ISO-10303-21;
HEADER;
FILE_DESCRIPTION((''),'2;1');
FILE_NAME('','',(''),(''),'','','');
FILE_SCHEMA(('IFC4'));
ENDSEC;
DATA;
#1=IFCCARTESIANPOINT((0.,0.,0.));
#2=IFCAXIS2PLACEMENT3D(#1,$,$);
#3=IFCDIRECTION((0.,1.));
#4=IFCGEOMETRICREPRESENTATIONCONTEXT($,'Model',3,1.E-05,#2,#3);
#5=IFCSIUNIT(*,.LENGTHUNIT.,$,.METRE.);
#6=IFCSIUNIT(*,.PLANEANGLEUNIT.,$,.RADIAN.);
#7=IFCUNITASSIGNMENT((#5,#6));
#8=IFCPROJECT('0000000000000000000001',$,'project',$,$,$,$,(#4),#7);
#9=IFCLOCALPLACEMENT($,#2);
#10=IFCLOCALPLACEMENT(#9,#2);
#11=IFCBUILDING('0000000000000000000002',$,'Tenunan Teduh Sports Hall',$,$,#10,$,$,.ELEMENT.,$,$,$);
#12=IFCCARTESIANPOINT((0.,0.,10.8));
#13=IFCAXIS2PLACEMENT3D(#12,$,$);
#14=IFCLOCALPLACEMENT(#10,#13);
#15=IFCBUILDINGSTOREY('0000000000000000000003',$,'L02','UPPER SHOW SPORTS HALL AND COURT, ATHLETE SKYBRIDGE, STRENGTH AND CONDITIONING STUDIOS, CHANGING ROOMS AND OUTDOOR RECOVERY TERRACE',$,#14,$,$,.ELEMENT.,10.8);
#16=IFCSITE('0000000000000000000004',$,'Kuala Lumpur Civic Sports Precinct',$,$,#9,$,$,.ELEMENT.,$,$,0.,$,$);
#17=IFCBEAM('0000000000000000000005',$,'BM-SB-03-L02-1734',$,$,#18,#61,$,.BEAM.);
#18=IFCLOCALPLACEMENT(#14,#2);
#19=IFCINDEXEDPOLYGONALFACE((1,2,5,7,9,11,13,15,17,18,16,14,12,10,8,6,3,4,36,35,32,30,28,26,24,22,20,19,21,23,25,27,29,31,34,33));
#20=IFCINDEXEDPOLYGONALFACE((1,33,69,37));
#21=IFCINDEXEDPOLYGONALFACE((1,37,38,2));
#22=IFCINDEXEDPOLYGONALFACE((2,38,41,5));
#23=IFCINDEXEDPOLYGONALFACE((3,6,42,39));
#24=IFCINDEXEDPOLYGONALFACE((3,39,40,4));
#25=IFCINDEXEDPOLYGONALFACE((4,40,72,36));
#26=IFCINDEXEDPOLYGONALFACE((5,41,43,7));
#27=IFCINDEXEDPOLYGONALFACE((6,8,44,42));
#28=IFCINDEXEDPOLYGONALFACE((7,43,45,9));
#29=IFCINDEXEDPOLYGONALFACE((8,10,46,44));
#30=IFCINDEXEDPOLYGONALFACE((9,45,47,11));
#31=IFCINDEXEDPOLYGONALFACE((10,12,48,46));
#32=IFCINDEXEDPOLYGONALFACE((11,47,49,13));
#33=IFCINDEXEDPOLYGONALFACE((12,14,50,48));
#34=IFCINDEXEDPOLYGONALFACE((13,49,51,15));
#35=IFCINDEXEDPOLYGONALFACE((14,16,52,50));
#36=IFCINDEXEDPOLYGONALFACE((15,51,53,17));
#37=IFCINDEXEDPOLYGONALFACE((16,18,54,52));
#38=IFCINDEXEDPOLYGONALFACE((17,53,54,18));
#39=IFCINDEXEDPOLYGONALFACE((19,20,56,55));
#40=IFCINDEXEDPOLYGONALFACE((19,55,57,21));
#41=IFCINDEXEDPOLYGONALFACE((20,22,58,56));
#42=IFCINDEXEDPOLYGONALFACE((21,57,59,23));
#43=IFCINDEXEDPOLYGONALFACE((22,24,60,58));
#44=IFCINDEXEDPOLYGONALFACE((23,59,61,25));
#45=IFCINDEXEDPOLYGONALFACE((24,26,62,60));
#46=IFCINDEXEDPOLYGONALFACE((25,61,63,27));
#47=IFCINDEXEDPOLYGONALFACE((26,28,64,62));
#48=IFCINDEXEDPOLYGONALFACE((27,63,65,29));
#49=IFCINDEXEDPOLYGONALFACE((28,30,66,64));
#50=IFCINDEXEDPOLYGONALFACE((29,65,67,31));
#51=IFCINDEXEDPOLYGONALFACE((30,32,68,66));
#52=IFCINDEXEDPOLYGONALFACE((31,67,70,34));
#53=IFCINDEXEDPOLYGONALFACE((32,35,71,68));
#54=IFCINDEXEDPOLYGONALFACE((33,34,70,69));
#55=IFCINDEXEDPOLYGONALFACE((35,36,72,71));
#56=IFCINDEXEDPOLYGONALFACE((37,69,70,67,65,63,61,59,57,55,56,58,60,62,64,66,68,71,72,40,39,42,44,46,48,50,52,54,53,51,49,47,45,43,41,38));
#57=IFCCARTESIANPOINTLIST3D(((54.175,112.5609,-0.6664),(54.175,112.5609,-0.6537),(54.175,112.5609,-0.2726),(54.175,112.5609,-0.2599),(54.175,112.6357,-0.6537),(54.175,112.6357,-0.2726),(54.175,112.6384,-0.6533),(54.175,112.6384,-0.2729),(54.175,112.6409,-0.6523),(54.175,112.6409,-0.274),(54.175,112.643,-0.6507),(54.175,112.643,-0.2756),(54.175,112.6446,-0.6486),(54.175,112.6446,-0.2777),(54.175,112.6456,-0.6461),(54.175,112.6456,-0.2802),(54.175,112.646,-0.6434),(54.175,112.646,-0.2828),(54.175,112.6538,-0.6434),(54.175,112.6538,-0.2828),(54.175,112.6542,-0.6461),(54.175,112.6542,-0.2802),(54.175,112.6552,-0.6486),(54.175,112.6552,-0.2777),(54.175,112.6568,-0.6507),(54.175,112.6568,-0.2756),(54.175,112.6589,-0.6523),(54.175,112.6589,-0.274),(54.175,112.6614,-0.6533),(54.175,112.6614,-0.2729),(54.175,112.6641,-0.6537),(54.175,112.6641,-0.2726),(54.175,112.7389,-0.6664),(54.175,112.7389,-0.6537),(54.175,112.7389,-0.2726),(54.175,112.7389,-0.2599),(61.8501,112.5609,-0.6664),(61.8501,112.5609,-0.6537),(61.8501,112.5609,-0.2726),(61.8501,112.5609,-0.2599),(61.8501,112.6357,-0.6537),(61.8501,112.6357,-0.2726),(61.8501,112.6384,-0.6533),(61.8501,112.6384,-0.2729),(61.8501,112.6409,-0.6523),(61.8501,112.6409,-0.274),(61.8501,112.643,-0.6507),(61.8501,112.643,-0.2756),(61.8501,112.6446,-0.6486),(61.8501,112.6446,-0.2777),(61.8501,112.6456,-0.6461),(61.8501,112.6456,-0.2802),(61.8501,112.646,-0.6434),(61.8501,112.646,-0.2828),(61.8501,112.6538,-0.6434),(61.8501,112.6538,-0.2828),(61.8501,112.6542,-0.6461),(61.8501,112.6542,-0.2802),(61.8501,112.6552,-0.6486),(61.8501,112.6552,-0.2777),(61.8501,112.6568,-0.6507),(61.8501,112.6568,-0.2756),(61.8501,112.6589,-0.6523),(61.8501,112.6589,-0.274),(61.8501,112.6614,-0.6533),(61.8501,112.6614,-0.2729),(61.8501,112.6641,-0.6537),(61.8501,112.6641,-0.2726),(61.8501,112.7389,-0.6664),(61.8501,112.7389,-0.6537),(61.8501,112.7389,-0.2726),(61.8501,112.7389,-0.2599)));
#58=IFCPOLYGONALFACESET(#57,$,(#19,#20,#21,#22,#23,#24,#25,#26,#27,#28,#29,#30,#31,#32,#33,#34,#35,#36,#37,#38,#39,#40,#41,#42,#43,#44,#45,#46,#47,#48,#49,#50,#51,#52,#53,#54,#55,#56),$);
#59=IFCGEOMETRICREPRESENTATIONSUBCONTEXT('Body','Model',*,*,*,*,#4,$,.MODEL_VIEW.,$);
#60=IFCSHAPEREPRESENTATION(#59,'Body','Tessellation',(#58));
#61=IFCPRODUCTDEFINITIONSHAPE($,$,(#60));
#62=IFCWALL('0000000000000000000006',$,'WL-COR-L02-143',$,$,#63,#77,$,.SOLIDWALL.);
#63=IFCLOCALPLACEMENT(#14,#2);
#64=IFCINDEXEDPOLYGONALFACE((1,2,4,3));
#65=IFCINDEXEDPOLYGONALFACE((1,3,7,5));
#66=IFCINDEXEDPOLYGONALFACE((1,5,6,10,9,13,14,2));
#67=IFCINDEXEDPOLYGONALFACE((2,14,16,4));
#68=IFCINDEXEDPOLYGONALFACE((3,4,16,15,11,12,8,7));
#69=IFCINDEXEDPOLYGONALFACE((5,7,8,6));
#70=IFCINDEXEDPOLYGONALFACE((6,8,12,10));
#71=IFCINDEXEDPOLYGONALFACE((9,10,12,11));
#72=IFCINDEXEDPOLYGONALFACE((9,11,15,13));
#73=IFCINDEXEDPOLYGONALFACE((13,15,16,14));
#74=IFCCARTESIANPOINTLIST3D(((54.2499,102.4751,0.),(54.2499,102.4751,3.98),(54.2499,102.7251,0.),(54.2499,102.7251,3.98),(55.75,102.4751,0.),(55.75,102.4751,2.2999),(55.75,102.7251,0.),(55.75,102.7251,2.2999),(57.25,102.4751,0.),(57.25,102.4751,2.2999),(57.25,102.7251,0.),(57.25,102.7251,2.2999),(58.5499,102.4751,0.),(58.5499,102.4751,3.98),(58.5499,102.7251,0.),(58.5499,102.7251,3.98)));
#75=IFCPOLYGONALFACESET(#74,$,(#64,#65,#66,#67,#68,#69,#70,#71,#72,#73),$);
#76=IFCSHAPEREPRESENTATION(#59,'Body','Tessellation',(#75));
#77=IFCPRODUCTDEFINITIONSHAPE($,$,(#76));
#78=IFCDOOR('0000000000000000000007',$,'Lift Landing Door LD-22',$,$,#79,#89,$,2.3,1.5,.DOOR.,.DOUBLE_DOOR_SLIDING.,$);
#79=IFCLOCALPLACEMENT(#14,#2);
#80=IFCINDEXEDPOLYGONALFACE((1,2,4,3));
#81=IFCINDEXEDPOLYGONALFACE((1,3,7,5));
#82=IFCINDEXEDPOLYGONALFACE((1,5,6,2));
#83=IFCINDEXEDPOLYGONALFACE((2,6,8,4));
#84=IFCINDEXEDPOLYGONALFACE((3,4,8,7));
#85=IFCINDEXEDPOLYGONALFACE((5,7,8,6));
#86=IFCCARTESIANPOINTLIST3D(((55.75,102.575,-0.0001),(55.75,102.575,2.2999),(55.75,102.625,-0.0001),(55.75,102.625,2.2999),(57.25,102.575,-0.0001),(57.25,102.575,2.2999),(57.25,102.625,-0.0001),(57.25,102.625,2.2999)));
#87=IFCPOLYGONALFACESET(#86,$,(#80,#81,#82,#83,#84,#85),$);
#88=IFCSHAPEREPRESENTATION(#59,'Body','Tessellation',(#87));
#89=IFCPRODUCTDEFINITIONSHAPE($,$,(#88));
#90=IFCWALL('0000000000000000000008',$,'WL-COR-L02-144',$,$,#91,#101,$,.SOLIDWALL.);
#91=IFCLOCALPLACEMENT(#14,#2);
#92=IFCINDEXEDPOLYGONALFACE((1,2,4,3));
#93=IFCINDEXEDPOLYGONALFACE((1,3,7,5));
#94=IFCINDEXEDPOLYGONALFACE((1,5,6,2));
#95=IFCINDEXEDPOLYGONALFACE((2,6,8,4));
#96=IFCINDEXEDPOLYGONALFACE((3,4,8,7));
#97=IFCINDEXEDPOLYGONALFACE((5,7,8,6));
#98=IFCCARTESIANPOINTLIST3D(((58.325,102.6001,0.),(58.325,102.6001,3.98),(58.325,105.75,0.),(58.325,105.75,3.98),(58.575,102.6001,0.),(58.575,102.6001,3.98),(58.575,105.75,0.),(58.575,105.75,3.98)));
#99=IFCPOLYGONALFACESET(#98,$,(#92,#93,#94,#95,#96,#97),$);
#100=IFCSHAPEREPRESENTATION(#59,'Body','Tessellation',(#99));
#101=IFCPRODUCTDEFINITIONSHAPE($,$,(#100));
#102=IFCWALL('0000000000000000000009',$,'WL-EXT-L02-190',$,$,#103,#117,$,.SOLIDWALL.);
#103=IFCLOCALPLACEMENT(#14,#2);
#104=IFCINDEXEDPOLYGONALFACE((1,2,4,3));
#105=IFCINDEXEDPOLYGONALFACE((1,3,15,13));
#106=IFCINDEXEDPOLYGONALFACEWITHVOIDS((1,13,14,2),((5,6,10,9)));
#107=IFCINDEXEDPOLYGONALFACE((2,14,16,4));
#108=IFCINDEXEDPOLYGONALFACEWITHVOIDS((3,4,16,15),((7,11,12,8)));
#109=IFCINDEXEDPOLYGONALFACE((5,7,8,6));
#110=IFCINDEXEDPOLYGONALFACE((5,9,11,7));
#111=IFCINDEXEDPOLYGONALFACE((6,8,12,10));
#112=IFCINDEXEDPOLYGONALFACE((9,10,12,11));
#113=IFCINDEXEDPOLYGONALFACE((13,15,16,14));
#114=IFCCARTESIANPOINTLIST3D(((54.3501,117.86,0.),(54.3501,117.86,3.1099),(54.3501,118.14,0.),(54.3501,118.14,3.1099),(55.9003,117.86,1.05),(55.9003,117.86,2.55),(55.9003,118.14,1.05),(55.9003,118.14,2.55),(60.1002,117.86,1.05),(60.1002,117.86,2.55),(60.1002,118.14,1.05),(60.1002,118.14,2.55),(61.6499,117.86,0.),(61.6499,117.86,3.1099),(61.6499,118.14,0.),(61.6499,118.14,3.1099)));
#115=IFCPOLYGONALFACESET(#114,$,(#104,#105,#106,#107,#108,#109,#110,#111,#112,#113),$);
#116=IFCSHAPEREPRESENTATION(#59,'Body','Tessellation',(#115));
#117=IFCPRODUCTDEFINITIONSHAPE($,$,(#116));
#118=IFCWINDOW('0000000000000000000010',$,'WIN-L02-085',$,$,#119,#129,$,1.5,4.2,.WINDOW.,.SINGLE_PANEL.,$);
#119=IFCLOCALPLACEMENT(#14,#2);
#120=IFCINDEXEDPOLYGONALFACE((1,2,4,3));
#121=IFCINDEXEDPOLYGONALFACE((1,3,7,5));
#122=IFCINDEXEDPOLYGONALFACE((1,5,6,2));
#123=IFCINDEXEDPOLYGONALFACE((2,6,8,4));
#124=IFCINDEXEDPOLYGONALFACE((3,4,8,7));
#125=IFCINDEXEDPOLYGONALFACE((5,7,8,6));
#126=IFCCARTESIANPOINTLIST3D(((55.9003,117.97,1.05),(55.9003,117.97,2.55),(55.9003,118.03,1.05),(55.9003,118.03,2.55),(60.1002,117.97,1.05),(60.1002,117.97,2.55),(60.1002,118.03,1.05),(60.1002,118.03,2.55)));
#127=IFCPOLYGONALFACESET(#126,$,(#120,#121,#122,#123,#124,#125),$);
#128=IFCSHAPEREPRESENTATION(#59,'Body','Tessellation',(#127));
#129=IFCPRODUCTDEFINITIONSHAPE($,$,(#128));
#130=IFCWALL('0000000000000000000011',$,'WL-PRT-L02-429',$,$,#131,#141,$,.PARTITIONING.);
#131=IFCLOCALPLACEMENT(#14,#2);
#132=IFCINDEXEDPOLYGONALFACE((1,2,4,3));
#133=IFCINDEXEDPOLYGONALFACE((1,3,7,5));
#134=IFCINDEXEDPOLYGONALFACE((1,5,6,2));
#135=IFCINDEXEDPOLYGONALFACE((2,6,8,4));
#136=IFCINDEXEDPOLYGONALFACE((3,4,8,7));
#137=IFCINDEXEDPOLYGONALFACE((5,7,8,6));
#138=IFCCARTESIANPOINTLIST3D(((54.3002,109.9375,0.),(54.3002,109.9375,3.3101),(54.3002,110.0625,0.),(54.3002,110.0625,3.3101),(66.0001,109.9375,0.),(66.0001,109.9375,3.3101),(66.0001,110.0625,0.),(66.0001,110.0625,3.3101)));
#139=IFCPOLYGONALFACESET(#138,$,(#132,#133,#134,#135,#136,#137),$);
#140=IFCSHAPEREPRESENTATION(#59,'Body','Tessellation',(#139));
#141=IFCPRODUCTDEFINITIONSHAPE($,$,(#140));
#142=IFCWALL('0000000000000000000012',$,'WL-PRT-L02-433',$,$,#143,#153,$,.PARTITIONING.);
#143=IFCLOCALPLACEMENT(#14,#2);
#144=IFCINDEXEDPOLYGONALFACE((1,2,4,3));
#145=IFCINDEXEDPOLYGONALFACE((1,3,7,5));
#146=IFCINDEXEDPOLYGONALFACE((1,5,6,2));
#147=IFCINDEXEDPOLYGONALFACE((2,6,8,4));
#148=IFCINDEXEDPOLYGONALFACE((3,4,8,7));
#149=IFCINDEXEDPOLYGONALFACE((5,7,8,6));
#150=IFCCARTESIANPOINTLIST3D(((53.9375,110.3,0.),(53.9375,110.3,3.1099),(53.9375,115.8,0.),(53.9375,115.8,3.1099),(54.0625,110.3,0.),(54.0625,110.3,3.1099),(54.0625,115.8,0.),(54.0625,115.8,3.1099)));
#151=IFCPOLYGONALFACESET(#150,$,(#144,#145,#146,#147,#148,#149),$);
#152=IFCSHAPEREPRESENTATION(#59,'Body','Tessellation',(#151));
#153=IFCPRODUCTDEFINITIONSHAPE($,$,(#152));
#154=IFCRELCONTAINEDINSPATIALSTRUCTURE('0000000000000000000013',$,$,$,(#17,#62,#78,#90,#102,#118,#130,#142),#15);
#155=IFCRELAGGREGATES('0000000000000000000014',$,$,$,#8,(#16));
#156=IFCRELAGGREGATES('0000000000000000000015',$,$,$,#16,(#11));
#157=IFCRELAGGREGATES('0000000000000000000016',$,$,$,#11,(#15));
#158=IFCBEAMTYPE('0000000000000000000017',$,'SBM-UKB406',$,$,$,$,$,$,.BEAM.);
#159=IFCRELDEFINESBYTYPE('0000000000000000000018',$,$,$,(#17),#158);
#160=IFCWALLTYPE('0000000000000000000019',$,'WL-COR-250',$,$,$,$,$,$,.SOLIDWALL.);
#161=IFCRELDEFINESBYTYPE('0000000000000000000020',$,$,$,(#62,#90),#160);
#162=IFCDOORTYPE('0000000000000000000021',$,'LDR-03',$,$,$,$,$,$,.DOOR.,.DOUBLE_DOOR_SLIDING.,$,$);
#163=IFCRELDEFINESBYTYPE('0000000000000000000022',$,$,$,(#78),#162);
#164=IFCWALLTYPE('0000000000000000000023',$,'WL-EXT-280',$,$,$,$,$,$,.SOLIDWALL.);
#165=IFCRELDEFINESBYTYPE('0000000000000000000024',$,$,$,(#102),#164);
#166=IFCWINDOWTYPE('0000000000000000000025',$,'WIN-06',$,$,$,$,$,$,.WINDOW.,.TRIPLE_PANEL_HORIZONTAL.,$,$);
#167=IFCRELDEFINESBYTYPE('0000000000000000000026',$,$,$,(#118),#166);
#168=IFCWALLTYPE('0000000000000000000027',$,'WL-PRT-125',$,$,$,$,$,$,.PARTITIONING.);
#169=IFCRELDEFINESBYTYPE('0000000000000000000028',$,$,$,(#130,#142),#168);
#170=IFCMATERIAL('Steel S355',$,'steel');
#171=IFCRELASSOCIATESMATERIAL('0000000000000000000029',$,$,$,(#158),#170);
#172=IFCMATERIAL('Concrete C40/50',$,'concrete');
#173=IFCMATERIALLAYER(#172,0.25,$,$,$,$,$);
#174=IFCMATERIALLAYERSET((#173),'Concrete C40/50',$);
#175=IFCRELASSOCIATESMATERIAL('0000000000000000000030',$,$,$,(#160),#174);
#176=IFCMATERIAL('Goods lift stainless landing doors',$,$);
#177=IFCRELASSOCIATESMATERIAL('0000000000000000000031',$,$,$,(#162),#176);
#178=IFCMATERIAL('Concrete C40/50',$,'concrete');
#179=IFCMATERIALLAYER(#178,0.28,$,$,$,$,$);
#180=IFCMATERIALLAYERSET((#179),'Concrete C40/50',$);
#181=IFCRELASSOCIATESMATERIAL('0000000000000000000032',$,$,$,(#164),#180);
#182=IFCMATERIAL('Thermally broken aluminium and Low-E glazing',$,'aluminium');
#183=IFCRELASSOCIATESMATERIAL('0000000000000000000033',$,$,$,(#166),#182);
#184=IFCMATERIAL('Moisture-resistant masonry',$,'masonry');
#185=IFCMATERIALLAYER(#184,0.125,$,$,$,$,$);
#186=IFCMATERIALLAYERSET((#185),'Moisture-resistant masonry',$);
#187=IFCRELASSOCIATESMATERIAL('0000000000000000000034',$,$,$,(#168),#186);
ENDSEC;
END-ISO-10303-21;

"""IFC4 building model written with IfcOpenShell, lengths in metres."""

from ifc_helpers import new_model, si_unit, direction, frame, frame_2d, origin, origin_2d, place, context, subcontext, project, spatial, rectangle, i_section, extrude, material, layer, layer_set, material_profile, profile_set, type_object, element, fill, save


model = new_model("IFC4")

# Units and contexts
model_context = context("Model", 3, precision=1e-05, world=origin(), true_north=direction((0.0, 1.0)))
body_context = subcontext(model_context, "Body", "Model", "MODEL_VIEW")
ifc_project = project(units=[si_unit("LENGTHUNIT", "METRE"), si_unit("PLANEANGLEUNIT", "RADIAN")], contexts=[model_context])

# Site, building, storey
site_placement = place(None, origin())
site = spatial("IfcSite", under=ifc_project, at=site_placement, Name="Kuala Lumpur Civic Sports Precinct", CompositionType="ELEMENT", RefElevation=0.0)
building_placement = place(site_placement, origin())
building = spatial("IfcBuilding", under=site, at=building_placement, Name="Tenunan Teduh Sports Hall", CompositionType="ELEMENT")
storey_placement = place(building_placement, frame((0.0, 0.0, 10.8)))
storey = spatial("IfcBuildingStorey", under=building, at=storey_placement, Name="L02", Description="UPPER SHOW SPORTS HALL AND COURT, ATHLETE SKYBRIDGE, STRENGTH AND CONDITIONING STUDIOS, CHANGING ROOMS AND OUTDOOR RECOVERY TERRACE", CompositionType="ELEMENT", Elevation=10.8)

# Beam
ifc_material_1 = material(Name="Steel S355", Category="steel")
ifc_material_profile_1 = material_profile(ifc_material_1, i_section(OverallWidth=0.178, OverallDepth=0.4065, WebThickness=0.0078, FlangeThickness=0.0127, FilletRadius=0.0103, at=origin_2d()), Name="UKB 406x178x60")
ifc_profile_set_1 = profile_set([ifc_material_profile_1], Name="Steel S355")
beam_type_1 = type_object("IfcBeamType", Name="SBM-UKB406", PredefinedType="BEAM", material=ifc_profile_set_1)
beam_1_placement = place(storey_placement, frame((54.175, 112.6499, -0.4631), z_axis=(1.0, 0.0, 0.0), x_axis=(0.0, 1.0, 0.0)))
element("IfcBeam", 1, at=beam_1_placement, inside=storey, type_object=beam_type_1, Name="BM-SB-03-L02-1734", PredefinedType="BEAM", context=body_context, shape_type="SweptSolid", body=[
    extrude(i_section(OverallWidth=0.178, OverallDepth=0.4065, WebThickness=0.0078, FlangeThickness=0.0127, FilletRadius=0.0103, at=origin_2d()), origin(), (0.0, 0.0, 1.0), 7.675),
])

# Wall, opening, door
ifc_material_2 = material(Name="Concrete C40/50", Category="concrete")
ifc_layer_1 = layer(ifc_material_2, 0.25)
ifc_layer_set_1 = layer_set([ifc_layer_1], Name="Concrete C40/50")
wall_type_1 = type_object("IfcWallType", Name="WL-COR-250", PredefinedType="SOLIDWALL", material=ifc_layer_set_1)
wall_1_placement = place(storey_placement, frame((54.25, 102.6001, 0.0), z_axis=(0.0, 0.0, 1.0), x_axis=(1.0, 0.0, 0.0)))
wall_1 = element("IfcWall", 2, at=wall_1_placement, inside=storey, type_object=wall_type_1, Name="WL-COR-L02-143", PredefinedType="SOLIDWALL", context=body_context, shape_type="SweptSolid", body=[
    extrude(rectangle(XDim=4.3, YDim=0.25, at=frame_2d((2.1499, 0.0))), origin(), (0.0, 0.0, 1.0), 3.98),
])
opening_1_placement = place(wall_1_placement, frame((1.5, 0.0, 0.0)))
opening_1 = element("IfcOpeningElement", 3, at=opening_1_placement, cuts=wall_1, PredefinedType="OPENING", context=body_context, shape_type="SweptSolid", body=[
    extrude(rectangle(XDim=1.5, YDim=2.3, at=frame_2d((0.75, 1.1499))), frame((0.0, 0.135, 0.0), z_axis=(0.0, -1.0, 0.0), x_axis=(1.0, 0.0, 0.0)), (0.0, 0.0, 1.0), 0.27),
])
ifc_material_3 = material(Name="Goods lift stainless landing doors")
door_type_1 = type_object("IfcDoorType", Name="LDR-03", OperationType="DOUBLE_DOOR_SLIDING", PredefinedType="DOOR", material=ifc_material_3)
door_1_placement = place(opening_1_placement, origin())
door_1 = element("IfcDoor", 4, at=door_1_placement, inside=storey, type_object=door_type_1, Name="Lift Landing Door LD-22", OperationType="DOUBLE_DOOR_SLIDING", OverallHeight=2.3, OverallWidth=1.5, PredefinedType="DOOR", context=body_context, shape_type="SweptSolid", body=[
    extrude(rectangle(XDim=1.5, YDim=2.3, at=frame_2d((0.75, 1.1499))), frame((0.0, 0.0249, 0.0), z_axis=(0.0, -1.0, 0.0), x_axis=(1.0, 0.0, 0.0)), (0.0, 0.0, 1.0), 0.05),
])
fill(opening_1, door_1)

# Wall
wall_2_placement = place(storey_placement, frame((58.45, 102.6001, 0.0), z_axis=(0.0, 0.0, 1.0), x_axis=(0.0, 1.0, 0.0)))
element("IfcWall", 5, at=wall_2_placement, inside=storey, type_object=wall_type_1, Name="WL-COR-L02-144", PredefinedType="SOLIDWALL", context=body_context, shape_type="SweptSolid", body=[
    extrude(rectangle(XDim=3.1499, YDim=0.25, at=frame_2d((1.575, 0.0))), origin(), (0.0, 0.0, 1.0), 3.98),
])

# Wall, opening, window
ifc_material_4 = material(Name="Concrete C40/50", Category="concrete")
ifc_layer_2 = layer(ifc_material_4, 0.28)
ifc_layer_set_2 = layer_set([ifc_layer_2], Name="Concrete C40/50")
wall_type_2 = type_object("IfcWallType", Name="WL-EXT-280", PredefinedType="SOLIDWALL", material=ifc_layer_set_2)
wall_3_placement = place(storey_placement, frame((54.3501, 118.0, 0.0), z_axis=(0.0, 0.0, 1.0), x_axis=(1.0, 0.0, 0.0)))
wall_3 = element("IfcWall", 6, at=wall_3_placement, inside=storey, type_object=wall_type_2, Name="WL-EXT-L02-190", PredefinedType="SOLIDWALL", context=body_context, shape_type="SweptSolid", body=[
    extrude(rectangle(XDim=7.2998, YDim=0.28, at=frame_2d((3.6499, 0.0))), origin(), (0.0, 0.0, 1.0), 3.1099),
])
opening_2_placement = place(wall_3_placement, frame((1.55, 0.0, 1.05)))
opening_2 = element("IfcOpeningElement", 7, at=opening_2_placement, cuts=wall_3, PredefinedType="OPENING", context=body_context, shape_type="SweptSolid", body=[
    extrude(rectangle(XDim=4.2, YDim=1.5, at=frame_2d((2.1001, 0.75))), frame((0.0, 0.1499, 0.0), z_axis=(0.0, -1.0, 0.0), x_axis=(1.0, 0.0, 0.0)), (0.0, 0.0, 1.0), 0.3),
])
ifc_material_5 = material(Name="Thermally broken aluminium and Low-E glazing", Category="aluminium")
window_type = type_object("IfcWindowType", Name="WIN-06", PartitioningType="TRIPLE_PANEL_HORIZONTAL", PredefinedType="WINDOW", material=ifc_material_5)
window_placement = place(opening_2_placement, origin())
window = element("IfcWindow", 8, at=window_placement, inside=storey, type_object=window_type, Name="WIN-L02-085", OverallHeight=1.5, OverallWidth=4.2, PartitioningType="SINGLE_PANEL", PredefinedType="WINDOW", context=body_context, shape_type="SweptSolid", body=[
    extrude(rectangle(XDim=4.2, YDim=1.5, at=frame_2d((2.1001, 0.75))), frame((0.0, 0.03, 0.0), z_axis=(0.0, -1.0, 0.0), x_axis=(1.0, 0.0, 0.0)), (0.0, 0.0, 1.0), 0.0601),
])
fill(opening_2, window)

# Walls
ifc_material_6 = material(Name="Moisture-resistant masonry", Category="masonry")
ifc_layer_3 = layer(ifc_material_6, 0.125)
ifc_layer_set_3 = layer_set([ifc_layer_3], Name="Moisture-resistant masonry")
wall_type_3 = type_object("IfcWallType", Name="WL-PRT-125", PredefinedType="PARTITIONING", material=ifc_layer_set_3)
wall_4_placement = place(storey_placement, frame((54.3, 110.0, 0.0), z_axis=(0.0, 0.0, 1.0), x_axis=(1.0, 0.0, 0.0)))
element("IfcWall", 9, at=wall_4_placement, inside=storey, type_object=wall_type_3, Name="WL-PRT-L02-429", PredefinedType="PARTITIONING", context=body_context, shape_type="SweptSolid", body=[
    extrude(rectangle(XDim=11.7, YDim=0.125, at=frame_2d((5.8501, 0.0))), origin(), (0.0, 0.0, 1.0), 3.3101),
])
wall_5_placement = place(storey_placement, frame((54.0, 110.3, 0.0), z_axis=(0.0, 0.0, 1.0), x_axis=(0.0, 1.0, 0.0)))
element("IfcWall", 10, at=wall_5_placement, inside=storey, type_object=wall_type_3, Name="WL-PRT-L02-433", PredefinedType="PARTITIONING", context=body_context, shape_type="SweptSolid", body=[
    extrude(rectangle(XDim=5.5, YDim=0.125, at=frame_2d((2.75, 0.0))), origin(), (0.0, 0.0, 1.0), 3.1099),
])

save(model, "model.ifc")
